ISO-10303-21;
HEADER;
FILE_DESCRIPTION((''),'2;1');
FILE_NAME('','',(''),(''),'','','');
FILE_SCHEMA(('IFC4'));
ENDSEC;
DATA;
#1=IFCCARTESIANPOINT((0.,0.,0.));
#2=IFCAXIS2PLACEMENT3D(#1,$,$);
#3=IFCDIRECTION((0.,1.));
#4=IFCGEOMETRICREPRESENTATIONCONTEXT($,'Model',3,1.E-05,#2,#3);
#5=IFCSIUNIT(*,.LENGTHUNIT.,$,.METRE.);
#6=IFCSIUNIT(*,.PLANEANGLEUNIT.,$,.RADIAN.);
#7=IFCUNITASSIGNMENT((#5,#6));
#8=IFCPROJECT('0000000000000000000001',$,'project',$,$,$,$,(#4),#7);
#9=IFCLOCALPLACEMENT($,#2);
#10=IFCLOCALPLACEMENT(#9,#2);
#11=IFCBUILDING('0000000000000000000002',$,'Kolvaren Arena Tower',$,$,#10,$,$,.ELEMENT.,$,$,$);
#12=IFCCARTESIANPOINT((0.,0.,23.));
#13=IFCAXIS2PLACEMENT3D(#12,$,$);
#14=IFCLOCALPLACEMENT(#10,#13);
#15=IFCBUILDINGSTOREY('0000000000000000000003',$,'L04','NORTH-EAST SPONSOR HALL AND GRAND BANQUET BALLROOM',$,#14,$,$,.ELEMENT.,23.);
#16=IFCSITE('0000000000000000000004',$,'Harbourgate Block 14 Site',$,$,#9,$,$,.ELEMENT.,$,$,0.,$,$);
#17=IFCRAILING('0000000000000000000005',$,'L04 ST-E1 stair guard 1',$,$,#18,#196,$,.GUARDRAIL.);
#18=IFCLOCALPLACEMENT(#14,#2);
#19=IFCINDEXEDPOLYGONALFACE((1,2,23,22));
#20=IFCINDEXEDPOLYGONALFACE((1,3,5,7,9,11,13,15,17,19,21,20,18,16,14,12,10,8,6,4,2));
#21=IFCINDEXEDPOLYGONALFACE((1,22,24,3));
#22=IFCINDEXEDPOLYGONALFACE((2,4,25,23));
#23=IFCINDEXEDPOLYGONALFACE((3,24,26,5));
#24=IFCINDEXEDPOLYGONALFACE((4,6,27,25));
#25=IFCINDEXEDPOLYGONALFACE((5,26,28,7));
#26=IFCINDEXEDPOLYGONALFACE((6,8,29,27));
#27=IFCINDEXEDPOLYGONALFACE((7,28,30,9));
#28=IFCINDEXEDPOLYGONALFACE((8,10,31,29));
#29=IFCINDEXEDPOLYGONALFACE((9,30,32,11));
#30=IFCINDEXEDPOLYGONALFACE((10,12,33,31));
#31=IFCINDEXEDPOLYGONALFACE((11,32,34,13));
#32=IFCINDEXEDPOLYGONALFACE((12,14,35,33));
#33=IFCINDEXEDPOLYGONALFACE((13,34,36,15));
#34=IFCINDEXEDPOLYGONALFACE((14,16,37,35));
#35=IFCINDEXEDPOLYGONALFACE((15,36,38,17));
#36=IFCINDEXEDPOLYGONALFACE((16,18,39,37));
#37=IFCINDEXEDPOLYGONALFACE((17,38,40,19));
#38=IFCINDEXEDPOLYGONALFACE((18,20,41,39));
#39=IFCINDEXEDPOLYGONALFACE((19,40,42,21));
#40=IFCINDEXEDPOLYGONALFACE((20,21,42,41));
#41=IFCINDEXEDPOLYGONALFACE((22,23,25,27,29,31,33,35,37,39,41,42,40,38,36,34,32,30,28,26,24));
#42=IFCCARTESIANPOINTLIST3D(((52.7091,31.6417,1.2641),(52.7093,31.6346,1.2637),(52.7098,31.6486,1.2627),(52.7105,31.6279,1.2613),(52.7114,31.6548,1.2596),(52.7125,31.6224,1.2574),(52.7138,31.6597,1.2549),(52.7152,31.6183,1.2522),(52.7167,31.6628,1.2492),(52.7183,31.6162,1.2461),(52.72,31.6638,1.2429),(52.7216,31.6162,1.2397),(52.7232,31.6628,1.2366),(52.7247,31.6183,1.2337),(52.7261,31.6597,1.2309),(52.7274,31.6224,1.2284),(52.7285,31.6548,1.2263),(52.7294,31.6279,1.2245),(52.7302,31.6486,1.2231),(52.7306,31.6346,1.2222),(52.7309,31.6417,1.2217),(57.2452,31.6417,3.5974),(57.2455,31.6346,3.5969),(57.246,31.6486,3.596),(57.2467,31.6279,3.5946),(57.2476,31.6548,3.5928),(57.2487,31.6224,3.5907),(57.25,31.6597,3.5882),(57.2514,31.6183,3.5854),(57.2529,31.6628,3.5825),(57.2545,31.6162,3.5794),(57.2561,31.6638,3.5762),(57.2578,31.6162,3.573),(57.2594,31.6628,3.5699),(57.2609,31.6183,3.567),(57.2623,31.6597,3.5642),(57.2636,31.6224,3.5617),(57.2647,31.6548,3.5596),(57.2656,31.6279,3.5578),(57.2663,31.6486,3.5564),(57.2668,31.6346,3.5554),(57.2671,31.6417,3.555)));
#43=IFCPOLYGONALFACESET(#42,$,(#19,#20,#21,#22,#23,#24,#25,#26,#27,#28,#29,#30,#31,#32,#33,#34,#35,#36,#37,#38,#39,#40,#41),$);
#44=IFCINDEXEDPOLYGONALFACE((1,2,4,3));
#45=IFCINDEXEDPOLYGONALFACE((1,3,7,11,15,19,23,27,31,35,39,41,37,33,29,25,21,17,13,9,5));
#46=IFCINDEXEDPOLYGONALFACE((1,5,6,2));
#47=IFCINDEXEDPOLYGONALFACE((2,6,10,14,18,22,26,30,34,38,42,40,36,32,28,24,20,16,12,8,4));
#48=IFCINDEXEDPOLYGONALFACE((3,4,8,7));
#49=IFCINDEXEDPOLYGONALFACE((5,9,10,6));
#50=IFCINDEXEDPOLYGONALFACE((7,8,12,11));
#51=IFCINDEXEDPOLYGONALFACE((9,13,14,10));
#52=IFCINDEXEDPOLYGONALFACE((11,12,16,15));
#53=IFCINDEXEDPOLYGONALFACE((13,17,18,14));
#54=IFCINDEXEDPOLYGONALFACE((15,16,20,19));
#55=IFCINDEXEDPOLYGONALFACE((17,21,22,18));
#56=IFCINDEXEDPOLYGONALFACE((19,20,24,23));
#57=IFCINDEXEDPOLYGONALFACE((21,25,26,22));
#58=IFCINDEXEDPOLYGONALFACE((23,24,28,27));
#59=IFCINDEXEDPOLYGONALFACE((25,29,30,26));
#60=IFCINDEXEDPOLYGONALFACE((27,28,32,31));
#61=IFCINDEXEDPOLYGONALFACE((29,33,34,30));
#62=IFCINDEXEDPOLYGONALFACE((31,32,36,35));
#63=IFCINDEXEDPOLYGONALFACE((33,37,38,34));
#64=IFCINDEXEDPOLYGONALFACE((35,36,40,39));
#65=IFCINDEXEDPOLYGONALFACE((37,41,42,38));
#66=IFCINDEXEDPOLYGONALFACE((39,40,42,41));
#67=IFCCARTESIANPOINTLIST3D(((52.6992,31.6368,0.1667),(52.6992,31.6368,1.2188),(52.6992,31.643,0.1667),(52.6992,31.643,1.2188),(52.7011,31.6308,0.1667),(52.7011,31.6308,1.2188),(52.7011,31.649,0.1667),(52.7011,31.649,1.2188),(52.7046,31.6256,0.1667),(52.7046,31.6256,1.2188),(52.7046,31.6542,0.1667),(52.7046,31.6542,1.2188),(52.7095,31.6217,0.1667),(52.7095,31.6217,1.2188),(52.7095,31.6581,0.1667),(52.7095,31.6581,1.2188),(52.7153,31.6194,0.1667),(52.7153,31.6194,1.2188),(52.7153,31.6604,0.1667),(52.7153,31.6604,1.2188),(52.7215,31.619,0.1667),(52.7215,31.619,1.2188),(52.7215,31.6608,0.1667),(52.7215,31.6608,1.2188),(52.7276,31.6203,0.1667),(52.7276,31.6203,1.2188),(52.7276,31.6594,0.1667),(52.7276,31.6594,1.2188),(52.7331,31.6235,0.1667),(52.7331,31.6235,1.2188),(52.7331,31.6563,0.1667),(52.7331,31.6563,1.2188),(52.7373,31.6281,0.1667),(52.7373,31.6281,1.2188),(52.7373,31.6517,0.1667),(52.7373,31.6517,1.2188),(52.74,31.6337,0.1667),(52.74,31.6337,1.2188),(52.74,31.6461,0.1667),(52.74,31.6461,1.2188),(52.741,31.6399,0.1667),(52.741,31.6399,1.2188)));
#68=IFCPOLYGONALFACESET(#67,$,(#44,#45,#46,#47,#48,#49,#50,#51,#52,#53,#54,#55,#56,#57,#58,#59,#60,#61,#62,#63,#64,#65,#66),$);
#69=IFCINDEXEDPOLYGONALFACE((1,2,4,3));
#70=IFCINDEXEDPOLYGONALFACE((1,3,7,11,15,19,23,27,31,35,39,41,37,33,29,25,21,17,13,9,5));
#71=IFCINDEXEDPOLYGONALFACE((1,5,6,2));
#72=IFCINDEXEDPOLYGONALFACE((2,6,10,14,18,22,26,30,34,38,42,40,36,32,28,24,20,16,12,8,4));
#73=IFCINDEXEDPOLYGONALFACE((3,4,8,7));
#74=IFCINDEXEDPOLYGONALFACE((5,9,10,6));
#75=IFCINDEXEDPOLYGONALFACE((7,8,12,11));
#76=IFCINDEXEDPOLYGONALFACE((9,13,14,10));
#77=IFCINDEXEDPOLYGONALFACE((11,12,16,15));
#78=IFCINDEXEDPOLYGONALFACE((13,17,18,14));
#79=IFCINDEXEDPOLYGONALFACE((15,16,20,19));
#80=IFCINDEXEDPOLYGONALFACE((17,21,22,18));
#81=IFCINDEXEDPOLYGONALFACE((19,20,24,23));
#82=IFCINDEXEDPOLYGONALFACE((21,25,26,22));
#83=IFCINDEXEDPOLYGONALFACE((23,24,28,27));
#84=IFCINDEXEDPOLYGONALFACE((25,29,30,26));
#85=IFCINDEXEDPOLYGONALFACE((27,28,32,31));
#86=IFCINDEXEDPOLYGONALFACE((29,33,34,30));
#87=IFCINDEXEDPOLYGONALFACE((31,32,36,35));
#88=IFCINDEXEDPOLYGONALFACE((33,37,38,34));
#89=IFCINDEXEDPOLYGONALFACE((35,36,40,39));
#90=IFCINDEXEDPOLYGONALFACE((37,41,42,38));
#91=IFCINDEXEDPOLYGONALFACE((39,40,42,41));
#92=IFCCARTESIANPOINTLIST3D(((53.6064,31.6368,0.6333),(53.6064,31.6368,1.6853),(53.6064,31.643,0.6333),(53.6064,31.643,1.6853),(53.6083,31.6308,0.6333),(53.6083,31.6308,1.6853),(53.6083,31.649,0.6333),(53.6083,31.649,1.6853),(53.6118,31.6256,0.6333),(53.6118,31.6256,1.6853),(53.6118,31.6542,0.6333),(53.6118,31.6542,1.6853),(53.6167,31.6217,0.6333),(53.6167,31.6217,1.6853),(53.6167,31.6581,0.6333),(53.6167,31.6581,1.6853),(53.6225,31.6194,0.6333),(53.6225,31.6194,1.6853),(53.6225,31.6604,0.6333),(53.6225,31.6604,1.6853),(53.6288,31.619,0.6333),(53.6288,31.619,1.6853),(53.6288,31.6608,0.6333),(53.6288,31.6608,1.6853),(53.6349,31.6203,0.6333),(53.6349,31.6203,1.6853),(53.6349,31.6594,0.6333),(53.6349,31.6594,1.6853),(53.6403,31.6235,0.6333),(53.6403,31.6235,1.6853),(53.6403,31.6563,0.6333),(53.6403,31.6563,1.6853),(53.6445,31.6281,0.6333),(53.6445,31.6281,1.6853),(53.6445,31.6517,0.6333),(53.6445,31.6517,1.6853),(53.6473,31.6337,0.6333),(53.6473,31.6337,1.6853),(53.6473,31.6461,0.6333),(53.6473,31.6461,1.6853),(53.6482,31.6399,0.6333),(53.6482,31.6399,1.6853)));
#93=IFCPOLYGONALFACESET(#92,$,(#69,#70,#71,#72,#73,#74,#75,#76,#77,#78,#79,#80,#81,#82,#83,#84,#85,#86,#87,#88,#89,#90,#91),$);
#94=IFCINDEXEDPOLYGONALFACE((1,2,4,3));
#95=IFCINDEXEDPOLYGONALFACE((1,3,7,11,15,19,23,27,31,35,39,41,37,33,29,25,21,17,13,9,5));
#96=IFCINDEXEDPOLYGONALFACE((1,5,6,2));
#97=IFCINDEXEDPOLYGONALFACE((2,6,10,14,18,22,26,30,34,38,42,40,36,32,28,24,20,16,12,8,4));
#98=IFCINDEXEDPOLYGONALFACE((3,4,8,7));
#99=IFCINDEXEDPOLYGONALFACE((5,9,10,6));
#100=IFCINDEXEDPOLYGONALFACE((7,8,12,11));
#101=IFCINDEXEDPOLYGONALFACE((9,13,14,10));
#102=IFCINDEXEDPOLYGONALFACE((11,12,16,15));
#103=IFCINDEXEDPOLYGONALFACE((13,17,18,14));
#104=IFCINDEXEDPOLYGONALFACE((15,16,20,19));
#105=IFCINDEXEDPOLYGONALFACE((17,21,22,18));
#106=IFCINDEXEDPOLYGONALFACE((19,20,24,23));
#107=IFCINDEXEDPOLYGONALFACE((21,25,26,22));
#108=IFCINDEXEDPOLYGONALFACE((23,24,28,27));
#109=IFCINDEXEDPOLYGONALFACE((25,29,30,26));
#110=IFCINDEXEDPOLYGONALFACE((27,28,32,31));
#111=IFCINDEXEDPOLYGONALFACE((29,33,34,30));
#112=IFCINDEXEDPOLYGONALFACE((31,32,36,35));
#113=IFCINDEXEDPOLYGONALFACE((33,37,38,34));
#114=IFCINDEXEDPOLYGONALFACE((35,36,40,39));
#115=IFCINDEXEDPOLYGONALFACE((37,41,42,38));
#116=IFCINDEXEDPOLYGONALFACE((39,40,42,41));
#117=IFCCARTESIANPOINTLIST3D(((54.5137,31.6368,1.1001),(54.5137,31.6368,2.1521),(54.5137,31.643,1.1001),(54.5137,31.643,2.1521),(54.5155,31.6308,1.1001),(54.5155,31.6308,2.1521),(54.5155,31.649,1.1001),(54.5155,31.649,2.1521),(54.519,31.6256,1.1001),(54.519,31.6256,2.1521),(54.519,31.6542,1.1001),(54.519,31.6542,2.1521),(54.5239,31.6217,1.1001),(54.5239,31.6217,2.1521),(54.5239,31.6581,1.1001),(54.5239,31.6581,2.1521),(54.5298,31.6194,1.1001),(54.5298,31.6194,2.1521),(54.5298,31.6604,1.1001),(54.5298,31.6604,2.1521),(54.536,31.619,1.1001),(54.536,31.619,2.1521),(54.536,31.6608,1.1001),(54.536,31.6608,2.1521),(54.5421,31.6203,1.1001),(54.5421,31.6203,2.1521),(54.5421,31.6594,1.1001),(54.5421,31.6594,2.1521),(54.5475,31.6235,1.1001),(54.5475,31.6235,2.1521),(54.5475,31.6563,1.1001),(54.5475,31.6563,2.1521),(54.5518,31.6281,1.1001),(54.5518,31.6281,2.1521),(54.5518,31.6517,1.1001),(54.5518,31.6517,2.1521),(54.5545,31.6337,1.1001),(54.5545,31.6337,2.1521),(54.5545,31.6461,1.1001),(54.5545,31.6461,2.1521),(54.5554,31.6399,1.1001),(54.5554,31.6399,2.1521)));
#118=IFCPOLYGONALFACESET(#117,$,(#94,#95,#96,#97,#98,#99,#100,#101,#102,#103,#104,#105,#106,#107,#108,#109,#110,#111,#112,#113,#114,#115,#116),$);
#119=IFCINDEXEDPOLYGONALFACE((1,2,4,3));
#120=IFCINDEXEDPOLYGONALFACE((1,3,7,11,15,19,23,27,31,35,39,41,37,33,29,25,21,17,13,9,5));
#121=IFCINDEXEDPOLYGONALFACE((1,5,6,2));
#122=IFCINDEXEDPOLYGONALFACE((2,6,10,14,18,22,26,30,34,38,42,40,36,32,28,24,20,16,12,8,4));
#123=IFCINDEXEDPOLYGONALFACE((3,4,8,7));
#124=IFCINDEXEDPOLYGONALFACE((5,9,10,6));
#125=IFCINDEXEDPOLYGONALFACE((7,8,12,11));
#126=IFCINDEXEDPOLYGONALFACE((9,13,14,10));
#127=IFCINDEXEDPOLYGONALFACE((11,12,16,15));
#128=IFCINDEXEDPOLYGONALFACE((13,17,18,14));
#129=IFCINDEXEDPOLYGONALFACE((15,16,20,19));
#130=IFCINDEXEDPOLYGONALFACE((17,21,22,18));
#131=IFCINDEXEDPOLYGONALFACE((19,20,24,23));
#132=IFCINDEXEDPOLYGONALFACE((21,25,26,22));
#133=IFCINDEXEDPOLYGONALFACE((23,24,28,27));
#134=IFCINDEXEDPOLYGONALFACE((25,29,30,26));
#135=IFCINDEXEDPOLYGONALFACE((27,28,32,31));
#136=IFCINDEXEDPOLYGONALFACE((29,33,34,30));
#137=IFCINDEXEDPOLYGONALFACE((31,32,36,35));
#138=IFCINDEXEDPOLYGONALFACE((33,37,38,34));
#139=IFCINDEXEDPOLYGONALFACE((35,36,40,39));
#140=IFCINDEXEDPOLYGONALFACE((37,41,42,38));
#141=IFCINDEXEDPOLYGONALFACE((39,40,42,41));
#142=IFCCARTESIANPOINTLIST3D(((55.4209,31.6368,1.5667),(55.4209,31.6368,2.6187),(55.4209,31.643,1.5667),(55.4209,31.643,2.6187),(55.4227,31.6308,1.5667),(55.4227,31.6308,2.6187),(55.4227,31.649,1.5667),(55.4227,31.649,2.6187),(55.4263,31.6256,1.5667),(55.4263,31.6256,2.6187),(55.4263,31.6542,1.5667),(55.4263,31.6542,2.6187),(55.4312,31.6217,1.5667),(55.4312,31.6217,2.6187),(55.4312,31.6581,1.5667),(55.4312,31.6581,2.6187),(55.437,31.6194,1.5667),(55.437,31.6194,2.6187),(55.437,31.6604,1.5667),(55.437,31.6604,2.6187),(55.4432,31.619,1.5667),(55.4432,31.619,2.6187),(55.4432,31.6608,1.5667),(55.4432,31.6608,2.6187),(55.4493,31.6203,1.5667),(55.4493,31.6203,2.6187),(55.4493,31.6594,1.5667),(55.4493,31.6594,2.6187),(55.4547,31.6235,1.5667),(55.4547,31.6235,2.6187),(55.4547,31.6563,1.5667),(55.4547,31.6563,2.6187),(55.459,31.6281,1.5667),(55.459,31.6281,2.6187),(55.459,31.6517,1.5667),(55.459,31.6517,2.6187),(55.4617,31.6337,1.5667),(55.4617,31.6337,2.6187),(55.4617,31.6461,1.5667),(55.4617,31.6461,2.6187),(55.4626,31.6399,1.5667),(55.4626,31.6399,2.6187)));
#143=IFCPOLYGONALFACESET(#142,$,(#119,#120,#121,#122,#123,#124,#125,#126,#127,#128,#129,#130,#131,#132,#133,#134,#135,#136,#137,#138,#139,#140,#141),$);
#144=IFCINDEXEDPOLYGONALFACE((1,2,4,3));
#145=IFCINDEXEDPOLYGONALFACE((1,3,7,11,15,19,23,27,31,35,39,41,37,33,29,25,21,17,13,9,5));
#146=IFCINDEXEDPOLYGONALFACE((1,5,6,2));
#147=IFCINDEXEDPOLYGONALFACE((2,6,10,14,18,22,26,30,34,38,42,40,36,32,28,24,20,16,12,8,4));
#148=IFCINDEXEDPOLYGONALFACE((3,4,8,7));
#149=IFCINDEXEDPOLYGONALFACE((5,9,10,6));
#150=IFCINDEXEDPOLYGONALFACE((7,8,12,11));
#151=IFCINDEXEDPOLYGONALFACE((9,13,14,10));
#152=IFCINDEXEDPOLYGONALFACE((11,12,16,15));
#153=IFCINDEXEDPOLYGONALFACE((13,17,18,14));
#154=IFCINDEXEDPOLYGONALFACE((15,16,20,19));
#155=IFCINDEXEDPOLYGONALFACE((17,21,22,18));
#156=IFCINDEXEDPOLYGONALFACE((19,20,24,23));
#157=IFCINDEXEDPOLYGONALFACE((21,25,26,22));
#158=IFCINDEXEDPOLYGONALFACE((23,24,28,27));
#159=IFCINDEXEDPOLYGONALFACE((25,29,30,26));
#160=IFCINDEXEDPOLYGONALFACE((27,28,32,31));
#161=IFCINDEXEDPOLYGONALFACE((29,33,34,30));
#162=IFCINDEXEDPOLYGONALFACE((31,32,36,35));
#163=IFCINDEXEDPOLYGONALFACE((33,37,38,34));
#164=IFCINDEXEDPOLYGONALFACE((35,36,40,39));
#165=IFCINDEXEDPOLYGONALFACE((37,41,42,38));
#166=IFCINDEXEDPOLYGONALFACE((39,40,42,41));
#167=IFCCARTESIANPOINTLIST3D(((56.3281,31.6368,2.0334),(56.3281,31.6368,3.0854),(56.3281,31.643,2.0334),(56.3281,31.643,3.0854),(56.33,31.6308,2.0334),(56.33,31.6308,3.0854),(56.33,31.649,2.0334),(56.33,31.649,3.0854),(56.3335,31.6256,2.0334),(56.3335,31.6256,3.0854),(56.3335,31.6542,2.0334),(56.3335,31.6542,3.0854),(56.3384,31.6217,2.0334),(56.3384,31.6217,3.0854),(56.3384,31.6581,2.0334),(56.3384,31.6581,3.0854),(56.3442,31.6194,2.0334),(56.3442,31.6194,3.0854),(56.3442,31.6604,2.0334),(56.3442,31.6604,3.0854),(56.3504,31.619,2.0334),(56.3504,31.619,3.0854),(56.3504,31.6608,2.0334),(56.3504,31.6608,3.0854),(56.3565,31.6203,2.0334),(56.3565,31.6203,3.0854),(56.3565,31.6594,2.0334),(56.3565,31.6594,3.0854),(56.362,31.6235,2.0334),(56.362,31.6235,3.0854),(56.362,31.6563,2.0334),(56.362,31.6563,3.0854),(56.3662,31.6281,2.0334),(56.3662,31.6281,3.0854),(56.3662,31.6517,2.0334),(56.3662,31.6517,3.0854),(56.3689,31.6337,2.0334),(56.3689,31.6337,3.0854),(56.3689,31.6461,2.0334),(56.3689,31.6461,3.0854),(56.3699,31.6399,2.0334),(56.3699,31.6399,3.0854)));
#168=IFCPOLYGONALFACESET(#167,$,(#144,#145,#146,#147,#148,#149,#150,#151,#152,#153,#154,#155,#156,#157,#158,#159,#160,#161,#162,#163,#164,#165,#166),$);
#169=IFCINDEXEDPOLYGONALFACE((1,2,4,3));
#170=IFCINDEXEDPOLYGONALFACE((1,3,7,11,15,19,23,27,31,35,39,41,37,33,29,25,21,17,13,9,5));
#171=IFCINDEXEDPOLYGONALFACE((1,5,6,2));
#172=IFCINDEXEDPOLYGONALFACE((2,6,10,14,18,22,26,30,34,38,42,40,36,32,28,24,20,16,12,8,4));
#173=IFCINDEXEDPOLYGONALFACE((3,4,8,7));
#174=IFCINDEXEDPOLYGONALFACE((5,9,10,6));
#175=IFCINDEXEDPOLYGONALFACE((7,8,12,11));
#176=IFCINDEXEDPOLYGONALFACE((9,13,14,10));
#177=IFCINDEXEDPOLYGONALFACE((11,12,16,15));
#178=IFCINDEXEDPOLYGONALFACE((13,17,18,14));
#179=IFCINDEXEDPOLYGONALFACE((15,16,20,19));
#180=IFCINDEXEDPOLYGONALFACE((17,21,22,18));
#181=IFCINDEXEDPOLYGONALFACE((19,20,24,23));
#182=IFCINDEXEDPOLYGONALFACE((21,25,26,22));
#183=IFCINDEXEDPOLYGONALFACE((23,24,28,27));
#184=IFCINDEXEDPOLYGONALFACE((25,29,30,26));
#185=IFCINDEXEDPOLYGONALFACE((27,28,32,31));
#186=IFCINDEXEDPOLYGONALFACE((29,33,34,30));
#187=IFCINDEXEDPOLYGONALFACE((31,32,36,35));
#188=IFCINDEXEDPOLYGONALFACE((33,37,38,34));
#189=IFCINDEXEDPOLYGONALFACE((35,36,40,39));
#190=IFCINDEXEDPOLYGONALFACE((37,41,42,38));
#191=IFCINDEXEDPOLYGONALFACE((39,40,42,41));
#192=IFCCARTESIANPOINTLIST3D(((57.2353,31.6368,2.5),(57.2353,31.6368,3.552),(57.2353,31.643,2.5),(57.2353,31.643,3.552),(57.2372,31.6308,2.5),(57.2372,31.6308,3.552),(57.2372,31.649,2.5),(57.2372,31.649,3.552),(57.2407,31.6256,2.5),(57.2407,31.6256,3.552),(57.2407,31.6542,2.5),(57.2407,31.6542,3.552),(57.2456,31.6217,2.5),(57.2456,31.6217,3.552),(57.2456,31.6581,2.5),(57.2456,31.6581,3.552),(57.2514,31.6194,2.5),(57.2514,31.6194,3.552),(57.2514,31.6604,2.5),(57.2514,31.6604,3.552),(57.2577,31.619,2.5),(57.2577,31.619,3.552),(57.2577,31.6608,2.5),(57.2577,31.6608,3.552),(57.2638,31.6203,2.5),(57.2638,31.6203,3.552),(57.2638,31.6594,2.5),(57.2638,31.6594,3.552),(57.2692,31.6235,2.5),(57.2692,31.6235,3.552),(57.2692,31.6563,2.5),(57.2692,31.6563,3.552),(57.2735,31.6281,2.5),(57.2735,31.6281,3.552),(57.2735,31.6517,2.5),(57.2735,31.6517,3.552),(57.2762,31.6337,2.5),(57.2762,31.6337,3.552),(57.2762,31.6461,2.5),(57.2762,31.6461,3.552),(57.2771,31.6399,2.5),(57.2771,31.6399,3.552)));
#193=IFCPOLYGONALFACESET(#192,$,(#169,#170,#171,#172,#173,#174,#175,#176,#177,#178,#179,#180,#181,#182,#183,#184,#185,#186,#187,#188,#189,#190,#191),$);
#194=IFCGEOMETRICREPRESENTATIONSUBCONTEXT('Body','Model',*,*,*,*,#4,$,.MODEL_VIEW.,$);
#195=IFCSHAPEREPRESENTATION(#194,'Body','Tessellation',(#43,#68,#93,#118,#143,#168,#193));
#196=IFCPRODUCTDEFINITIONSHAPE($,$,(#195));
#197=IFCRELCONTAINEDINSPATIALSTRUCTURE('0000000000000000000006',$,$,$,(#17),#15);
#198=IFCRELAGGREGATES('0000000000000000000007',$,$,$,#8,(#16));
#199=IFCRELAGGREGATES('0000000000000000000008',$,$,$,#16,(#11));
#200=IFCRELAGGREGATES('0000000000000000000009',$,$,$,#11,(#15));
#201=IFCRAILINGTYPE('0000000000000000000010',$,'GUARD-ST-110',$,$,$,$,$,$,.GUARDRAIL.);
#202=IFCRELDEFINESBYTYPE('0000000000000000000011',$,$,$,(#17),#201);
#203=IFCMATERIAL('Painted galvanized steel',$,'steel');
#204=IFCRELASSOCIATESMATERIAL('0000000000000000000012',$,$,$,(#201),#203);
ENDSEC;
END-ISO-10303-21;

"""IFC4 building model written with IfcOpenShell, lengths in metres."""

from ifc_helpers import new_model, si_unit, direction, frame, origin, origin_2d, place, context, subcontext, project, spatial, circle, extrude, material, type_object, element, save


model = new_model("IFC4")

# Units and contexts
model_context = context("Model", 3, precision=1e-05, world=origin(), true_north=direction((0.0, 1.0)))
body_context = subcontext(model_context, "Body", "Model", "MODEL_VIEW")
ifc_project = project(units=[si_unit("LENGTHUNIT", "METRE"), si_unit("PLANEANGLEUNIT", "RADIAN")], contexts=[model_context])

# Site, building, storey
site_placement = place(None, origin())
site = spatial("IfcSite", under=ifc_project, at=site_placement, Name="Harbourgate Block 14 Site", CompositionType="ELEMENT", RefElevation=0.0)
building_placement = place(site_placement, origin())
building = spatial("IfcBuilding", under=site, at=building_placement, Name="Kolvaren Arena Tower", CompositionType="ELEMENT")
storey_placement = place(building_placement, frame((0.0, 0.0, 23.0)))
storey = spatial("IfcBuildingStorey", under=building, at=storey_placement, Name="L04", Description="NORTH-EAST SPONSOR HALL AND GRAND BANQUET BALLROOM", CompositionType="ELEMENT", Elevation=23.0)

# Railing
ifc_material_1 = material(Name="Painted galvanized steel", Category="steel")
railing_type_1 = type_object("IfcRailingType", Name="GUARD-ST-110", PredefinedType="GUARDRAIL", material=ifc_material_1)
railing_1_placement = place(storey_placement, frame((52.72, 31.6399, 0.1667)))
element("IfcRailing", 1, at=railing_1_placement, inside=storey, type_object=railing_type_1, Name="L04 ST-E1 stair guard 1", PredefinedType="GUARDRAIL", context=body_context, shape_type="SweptSolid", body=[
    extrude(circle(Radius=0.0239, at=origin_2d()), frame((0.0, 0.0, 1.0762), z_axis=(0.889257, 0.0, 0.457407), x_axis=(0.0, 1.0, 0.0)), (0.0, 0.0, 1.0), 5.1011),
    extrude(circle(Radius=0.021, at=origin_2d()), origin(), (0.0, 0.0, 1.0), 1.052),
    extrude(circle(Radius=0.021, at=origin_2d()), frame((0.9072, 0.0, 0.4666)), (0.0, 0.0, 1.0), 1.052),
    extrude(circle(Radius=0.021, at=origin_2d()), frame((1.8145, 0.0, 0.9333)), (0.0, 0.0, 1.0), 1.052),
    extrude(circle(Radius=0.021, at=origin_2d()), frame((2.7217, 0.0, 1.3999)), (0.0, 0.0, 1.0), 1.052),
    extrude(circle(Radius=0.021, at=origin_2d()), frame((3.6289, 0.0, 1.8667)), (0.0, 0.0, 1.0), 1.052),
    extrude(circle(Radius=0.021, at=origin_2d()), frame((4.5361, 0.0, 2.3333)), (0.0, 0.0, 1.0), 1.052),
])

save(model, "model.ifc")
